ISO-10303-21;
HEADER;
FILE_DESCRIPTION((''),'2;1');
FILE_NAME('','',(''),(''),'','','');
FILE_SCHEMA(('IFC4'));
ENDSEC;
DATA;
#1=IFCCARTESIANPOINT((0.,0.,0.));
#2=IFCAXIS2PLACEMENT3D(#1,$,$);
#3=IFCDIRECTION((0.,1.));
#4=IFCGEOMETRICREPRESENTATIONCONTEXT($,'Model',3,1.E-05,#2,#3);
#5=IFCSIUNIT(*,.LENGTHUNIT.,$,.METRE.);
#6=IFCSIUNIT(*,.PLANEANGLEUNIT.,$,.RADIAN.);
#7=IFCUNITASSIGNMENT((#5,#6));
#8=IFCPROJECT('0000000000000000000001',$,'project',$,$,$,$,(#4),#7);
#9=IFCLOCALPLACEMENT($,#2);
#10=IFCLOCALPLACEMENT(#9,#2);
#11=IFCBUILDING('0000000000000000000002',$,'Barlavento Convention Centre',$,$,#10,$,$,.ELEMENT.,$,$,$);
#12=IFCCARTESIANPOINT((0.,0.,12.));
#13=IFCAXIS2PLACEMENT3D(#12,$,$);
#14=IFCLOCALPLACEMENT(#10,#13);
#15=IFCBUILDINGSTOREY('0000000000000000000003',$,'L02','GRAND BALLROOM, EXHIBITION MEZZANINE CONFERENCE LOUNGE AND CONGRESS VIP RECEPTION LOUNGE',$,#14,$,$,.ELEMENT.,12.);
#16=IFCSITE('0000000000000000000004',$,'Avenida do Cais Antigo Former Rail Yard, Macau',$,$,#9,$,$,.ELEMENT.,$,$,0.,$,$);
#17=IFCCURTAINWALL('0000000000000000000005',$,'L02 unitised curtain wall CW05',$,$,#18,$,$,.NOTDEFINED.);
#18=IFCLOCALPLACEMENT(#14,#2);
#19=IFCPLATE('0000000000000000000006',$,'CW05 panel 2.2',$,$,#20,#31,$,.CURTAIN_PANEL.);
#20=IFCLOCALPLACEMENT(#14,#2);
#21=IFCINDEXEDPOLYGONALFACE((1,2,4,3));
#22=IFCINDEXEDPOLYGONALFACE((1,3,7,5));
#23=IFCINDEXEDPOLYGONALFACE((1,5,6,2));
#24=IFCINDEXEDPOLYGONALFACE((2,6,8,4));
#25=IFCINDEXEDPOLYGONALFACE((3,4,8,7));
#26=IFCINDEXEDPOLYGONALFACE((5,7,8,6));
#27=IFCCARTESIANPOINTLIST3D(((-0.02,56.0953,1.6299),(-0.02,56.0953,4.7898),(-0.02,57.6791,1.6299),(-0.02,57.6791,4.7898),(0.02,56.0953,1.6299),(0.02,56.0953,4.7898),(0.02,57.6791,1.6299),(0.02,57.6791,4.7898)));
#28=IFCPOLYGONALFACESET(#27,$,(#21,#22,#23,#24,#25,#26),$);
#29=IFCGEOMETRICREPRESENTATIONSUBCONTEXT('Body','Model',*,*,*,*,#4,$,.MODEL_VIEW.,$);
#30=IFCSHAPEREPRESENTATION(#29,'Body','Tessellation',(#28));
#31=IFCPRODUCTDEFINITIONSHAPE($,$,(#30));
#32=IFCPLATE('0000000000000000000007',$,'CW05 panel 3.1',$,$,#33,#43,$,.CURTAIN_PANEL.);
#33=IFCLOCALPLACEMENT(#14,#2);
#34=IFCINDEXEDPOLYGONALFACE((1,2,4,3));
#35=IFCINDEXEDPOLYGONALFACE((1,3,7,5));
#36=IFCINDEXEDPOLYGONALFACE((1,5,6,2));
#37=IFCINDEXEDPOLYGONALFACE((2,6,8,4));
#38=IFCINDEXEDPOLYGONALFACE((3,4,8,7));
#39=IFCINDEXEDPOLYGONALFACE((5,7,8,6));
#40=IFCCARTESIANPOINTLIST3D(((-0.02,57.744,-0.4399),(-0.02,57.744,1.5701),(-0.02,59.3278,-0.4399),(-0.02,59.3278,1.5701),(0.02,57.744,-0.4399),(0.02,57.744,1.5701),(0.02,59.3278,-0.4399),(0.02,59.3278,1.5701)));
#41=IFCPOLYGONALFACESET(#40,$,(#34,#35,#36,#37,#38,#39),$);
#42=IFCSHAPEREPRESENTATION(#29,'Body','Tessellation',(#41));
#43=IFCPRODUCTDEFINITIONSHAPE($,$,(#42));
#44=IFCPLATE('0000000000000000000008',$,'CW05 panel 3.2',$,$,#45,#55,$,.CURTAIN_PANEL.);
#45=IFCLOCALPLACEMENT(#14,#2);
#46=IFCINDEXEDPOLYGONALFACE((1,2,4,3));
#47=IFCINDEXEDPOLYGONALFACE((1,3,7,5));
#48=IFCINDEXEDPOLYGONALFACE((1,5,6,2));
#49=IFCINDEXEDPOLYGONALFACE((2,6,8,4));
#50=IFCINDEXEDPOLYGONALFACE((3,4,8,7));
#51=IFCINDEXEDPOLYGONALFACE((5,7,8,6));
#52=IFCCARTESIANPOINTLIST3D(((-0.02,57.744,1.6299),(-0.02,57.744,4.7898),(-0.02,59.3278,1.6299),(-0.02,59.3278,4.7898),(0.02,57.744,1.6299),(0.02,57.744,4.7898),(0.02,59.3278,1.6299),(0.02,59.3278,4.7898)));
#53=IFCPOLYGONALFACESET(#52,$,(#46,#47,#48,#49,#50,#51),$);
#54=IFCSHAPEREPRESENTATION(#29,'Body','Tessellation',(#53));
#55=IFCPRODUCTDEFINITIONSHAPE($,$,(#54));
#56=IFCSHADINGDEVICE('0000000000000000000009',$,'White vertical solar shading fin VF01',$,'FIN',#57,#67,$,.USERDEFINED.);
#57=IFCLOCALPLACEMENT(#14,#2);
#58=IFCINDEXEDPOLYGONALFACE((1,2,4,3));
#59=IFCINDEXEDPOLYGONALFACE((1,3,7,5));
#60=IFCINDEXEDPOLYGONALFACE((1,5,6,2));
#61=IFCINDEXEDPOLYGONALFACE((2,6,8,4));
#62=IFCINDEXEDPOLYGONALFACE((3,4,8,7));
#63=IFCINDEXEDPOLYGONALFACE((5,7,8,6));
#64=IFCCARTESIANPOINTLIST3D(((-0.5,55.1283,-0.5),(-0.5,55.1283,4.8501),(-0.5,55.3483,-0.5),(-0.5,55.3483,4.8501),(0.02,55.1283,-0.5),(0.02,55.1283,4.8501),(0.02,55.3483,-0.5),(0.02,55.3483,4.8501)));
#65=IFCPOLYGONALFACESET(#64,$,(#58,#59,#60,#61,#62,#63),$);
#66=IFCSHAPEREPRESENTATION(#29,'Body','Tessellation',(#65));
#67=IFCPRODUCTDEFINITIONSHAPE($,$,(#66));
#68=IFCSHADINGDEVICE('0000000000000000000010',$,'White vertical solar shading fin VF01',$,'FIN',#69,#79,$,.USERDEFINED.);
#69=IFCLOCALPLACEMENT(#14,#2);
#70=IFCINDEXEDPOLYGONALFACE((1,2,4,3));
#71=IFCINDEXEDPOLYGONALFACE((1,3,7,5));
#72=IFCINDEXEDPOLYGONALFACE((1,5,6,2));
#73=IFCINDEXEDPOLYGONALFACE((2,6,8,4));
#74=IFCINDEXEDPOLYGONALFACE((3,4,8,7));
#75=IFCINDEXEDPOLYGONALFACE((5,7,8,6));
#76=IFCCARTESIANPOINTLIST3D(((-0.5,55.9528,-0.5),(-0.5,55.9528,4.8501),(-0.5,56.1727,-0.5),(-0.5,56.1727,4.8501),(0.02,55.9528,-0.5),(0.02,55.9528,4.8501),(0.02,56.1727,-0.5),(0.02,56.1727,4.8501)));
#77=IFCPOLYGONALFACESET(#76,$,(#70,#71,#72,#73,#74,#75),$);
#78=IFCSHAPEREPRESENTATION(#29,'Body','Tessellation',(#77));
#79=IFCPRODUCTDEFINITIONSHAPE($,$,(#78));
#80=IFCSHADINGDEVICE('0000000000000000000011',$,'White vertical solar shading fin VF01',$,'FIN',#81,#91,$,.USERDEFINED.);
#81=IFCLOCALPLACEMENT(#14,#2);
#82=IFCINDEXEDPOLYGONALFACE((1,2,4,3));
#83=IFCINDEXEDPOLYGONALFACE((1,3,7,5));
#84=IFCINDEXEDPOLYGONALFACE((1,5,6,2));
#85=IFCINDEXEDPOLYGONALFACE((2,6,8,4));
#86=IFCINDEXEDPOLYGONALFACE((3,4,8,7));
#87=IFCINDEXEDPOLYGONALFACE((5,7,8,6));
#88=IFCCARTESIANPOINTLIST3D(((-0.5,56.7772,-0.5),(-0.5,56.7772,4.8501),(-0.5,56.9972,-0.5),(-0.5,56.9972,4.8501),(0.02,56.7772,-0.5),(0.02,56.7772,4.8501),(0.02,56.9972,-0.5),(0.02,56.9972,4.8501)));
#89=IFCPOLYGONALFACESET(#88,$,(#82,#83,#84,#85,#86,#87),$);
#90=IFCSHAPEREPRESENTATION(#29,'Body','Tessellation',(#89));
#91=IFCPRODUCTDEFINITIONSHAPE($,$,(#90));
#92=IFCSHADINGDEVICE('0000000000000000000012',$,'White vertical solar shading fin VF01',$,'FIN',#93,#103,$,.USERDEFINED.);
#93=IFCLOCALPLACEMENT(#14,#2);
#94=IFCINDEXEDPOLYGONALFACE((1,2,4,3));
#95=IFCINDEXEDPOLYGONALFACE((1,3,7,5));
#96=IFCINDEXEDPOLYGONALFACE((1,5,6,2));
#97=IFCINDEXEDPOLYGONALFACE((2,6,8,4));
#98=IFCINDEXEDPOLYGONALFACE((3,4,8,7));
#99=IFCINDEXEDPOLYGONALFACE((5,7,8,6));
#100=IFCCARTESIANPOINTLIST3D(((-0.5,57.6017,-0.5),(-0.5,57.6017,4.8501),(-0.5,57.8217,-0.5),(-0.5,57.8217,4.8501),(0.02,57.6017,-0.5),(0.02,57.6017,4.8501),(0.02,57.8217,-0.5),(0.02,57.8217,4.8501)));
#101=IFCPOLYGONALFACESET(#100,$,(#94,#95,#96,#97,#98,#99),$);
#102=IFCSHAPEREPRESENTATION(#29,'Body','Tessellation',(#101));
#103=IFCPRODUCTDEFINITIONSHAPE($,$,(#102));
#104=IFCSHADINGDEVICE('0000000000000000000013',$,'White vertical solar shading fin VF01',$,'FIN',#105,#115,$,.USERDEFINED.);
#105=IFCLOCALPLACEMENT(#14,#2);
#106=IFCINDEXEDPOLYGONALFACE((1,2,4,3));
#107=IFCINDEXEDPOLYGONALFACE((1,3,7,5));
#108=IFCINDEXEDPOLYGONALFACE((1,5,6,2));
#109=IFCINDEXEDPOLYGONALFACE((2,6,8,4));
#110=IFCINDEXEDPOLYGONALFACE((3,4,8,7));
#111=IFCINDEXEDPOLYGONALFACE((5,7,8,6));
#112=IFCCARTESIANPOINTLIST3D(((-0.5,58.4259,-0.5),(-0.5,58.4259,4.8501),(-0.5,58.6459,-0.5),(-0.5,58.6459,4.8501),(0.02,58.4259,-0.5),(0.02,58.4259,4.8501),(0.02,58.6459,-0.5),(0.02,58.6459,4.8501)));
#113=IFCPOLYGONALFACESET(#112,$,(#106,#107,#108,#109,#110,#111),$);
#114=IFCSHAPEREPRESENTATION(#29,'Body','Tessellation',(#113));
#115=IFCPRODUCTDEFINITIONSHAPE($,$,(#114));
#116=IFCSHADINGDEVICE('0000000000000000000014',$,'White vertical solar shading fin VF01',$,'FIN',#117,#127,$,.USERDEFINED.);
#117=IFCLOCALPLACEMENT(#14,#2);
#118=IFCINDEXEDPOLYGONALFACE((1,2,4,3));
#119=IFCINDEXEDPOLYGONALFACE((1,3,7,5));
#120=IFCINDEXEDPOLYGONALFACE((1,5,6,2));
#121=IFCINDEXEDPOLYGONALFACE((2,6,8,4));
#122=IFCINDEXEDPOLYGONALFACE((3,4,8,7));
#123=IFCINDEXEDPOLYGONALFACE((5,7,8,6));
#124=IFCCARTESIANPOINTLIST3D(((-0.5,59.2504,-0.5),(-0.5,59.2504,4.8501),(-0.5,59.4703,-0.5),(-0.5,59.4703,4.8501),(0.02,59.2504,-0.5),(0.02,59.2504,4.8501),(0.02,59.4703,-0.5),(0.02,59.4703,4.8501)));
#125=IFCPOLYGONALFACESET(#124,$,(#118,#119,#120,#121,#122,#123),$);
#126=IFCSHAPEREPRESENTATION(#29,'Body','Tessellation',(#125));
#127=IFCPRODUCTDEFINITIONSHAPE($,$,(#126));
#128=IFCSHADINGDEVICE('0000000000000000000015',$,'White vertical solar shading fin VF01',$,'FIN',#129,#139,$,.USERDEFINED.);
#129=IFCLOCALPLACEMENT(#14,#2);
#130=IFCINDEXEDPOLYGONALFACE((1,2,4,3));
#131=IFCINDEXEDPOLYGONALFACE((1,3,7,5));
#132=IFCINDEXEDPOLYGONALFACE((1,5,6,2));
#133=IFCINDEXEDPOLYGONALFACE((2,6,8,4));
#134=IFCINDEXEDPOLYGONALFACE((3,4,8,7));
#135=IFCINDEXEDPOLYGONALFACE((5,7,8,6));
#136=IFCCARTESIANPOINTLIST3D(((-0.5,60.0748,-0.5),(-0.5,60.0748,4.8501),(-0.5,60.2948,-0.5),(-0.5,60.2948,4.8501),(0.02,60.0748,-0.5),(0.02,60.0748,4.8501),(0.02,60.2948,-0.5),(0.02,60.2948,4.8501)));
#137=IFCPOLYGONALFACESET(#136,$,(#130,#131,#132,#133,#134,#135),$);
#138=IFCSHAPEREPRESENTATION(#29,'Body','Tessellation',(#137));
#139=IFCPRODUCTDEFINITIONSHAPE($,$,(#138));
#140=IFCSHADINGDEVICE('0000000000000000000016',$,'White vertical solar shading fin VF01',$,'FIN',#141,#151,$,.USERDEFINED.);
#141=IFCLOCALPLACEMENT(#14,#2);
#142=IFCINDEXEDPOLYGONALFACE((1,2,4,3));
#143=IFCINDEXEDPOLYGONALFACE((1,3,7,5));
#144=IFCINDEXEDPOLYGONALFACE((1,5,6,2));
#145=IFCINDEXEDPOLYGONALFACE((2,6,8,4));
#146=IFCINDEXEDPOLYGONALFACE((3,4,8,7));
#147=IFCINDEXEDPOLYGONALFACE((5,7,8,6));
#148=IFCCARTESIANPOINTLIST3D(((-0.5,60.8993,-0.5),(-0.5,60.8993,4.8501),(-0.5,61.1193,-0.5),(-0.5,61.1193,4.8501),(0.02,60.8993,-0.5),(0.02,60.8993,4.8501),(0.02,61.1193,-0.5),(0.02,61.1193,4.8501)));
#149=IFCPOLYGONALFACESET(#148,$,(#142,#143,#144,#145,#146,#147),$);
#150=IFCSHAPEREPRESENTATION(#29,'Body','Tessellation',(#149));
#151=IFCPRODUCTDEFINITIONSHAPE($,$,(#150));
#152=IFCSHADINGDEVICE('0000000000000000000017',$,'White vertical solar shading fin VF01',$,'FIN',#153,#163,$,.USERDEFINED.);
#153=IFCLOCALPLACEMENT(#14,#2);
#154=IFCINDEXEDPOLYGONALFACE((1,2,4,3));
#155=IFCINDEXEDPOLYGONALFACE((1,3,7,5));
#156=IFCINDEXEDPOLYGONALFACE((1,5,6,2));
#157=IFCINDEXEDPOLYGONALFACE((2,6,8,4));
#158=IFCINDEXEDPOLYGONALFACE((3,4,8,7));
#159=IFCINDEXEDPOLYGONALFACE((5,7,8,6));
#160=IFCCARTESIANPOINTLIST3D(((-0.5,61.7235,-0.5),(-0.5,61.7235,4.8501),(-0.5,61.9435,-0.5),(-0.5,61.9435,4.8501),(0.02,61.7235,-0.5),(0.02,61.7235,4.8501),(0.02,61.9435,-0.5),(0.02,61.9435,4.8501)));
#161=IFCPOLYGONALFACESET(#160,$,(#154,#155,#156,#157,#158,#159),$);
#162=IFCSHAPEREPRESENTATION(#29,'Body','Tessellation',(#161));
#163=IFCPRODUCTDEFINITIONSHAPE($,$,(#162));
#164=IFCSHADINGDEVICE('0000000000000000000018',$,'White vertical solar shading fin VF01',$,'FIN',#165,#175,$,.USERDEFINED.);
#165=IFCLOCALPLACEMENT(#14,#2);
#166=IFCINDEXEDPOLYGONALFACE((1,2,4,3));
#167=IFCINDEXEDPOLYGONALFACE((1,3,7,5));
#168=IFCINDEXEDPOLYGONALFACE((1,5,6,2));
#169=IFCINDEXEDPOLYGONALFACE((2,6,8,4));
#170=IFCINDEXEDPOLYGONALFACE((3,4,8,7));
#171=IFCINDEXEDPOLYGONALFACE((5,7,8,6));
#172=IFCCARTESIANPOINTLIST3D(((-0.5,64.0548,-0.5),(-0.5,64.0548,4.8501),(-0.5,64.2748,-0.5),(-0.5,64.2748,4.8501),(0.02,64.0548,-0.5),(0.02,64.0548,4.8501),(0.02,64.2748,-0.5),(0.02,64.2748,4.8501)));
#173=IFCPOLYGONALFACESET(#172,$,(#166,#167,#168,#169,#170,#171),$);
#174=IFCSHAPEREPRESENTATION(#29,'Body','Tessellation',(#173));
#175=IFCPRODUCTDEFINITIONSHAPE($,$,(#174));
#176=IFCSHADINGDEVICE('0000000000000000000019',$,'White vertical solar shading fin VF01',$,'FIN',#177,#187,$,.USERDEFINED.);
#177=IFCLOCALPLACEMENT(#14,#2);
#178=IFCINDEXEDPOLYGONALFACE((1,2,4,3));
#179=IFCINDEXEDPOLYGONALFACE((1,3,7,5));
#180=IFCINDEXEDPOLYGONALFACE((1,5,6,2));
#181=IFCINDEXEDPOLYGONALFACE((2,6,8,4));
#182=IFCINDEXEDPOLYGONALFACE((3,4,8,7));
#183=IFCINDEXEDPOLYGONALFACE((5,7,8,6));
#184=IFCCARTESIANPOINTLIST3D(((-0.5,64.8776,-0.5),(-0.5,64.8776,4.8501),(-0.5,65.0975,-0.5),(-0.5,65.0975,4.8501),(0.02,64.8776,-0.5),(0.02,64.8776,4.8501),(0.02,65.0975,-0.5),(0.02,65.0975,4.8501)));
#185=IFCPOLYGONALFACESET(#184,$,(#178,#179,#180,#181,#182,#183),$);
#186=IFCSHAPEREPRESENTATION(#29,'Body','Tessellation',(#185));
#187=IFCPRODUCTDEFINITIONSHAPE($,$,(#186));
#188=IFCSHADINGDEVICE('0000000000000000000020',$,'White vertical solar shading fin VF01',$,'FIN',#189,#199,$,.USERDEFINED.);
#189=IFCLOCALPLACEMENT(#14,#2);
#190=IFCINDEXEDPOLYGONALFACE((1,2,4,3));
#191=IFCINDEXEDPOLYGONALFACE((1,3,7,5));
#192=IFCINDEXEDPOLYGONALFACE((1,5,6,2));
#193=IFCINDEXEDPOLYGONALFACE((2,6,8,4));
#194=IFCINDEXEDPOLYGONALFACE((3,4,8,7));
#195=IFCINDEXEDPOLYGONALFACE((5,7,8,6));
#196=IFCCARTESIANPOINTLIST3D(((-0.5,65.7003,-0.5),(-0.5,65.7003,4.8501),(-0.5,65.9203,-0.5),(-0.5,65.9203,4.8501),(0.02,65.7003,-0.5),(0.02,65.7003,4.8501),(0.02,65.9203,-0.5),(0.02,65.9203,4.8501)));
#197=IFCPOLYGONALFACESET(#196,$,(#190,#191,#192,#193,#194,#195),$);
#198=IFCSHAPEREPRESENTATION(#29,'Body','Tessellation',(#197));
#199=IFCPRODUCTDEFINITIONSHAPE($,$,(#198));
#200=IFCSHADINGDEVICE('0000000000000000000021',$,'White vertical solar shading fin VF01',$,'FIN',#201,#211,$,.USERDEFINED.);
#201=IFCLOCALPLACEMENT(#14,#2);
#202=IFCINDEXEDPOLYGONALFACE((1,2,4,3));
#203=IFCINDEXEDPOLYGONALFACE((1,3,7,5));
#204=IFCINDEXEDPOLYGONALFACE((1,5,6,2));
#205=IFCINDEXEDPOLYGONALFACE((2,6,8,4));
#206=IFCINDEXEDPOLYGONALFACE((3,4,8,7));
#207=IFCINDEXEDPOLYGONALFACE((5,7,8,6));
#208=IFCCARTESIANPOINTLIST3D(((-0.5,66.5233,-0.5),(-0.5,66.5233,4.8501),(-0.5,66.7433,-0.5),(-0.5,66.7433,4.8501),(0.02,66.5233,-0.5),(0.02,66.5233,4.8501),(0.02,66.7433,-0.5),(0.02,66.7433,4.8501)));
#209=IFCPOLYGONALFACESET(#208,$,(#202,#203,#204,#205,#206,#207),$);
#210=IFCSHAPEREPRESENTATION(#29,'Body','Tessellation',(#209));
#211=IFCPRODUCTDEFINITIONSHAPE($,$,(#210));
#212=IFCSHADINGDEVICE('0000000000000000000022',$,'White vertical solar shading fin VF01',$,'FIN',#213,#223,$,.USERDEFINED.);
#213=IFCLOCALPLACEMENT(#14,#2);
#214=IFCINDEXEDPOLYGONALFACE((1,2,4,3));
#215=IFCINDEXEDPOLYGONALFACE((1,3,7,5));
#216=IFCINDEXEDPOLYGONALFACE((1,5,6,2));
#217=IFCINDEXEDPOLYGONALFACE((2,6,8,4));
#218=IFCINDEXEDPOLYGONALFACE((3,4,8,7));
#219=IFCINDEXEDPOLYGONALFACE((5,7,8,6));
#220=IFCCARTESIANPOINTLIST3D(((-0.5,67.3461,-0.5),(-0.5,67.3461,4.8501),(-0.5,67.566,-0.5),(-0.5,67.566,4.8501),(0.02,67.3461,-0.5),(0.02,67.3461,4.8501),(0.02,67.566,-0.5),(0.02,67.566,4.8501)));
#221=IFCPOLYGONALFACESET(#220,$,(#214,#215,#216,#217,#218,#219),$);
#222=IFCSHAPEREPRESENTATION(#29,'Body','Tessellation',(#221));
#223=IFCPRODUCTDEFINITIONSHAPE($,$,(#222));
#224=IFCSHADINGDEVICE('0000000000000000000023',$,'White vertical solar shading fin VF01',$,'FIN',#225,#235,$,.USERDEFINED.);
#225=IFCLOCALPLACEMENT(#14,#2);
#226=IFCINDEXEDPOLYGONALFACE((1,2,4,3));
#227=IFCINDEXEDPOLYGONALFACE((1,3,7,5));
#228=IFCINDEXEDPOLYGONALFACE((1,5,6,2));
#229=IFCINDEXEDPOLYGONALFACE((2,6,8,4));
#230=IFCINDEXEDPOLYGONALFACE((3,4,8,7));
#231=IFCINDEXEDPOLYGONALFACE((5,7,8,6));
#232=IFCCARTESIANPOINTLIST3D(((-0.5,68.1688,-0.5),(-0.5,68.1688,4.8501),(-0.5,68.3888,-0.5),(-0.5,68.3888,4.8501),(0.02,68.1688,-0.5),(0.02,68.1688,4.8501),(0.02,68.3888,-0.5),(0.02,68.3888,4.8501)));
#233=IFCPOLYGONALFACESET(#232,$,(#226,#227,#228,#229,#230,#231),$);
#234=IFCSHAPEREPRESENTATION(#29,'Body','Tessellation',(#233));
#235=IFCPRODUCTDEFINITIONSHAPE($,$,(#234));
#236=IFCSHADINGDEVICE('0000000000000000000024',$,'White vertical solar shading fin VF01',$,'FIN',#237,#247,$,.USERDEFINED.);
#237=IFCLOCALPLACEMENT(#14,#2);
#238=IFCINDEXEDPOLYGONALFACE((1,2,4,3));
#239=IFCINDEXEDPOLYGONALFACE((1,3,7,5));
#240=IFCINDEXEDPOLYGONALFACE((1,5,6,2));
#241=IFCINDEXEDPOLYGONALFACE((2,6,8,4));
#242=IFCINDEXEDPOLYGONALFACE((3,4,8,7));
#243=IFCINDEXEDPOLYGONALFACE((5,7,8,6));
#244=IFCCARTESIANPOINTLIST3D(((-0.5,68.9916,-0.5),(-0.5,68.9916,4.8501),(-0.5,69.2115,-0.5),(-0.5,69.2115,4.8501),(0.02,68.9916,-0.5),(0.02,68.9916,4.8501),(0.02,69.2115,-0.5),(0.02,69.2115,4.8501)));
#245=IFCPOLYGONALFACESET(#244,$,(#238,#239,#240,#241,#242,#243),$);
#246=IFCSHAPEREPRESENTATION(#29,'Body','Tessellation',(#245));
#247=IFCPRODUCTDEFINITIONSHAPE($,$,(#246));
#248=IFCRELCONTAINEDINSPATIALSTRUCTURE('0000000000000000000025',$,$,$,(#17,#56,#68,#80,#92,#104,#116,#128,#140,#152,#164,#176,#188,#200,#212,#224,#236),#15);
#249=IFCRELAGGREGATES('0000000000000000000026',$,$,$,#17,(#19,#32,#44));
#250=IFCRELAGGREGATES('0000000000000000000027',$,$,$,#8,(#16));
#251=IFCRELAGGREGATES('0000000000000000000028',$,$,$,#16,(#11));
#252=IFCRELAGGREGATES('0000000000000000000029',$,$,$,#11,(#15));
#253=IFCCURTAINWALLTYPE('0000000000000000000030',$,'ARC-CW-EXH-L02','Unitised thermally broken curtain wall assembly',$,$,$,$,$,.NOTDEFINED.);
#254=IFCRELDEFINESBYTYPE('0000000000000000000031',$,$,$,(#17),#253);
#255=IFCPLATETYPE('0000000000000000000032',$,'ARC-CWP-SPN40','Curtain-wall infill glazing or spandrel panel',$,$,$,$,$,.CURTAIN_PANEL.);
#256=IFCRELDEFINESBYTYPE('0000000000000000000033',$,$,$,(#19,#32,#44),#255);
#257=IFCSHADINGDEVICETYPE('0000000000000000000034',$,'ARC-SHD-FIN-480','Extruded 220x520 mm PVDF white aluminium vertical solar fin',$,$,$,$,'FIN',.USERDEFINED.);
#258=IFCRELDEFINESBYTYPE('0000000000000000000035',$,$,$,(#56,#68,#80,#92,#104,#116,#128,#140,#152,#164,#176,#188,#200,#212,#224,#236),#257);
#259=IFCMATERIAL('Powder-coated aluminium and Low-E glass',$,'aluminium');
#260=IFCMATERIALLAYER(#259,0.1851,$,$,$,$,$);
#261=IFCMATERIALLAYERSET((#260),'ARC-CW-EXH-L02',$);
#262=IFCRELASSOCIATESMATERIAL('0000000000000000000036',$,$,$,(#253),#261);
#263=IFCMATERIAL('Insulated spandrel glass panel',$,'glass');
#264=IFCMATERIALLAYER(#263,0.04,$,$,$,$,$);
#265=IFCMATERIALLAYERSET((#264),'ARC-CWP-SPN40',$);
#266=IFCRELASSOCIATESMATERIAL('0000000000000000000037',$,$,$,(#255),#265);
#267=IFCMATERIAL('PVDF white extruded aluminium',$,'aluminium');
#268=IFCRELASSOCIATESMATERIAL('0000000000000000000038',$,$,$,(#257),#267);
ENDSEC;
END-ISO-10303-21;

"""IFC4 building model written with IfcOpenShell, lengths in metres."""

from ifc_helpers import new_model, si_unit, direction, frame, origin, origin_2d, place, context, subcontext, project, spatial, rectangle, extrude, material, layer, layer_set, type_object, element, aggregate, save


model = new_model("IFC4")

# Units and contexts
model_context = context("Model", 3, precision=1e-05, world=origin(), true_north=direction((0.0, 1.0)))
body_context = subcontext(model_context, "Body", "Model", "MODEL_VIEW")
ifc_project = project(units=[si_unit("LENGTHUNIT", "METRE"), si_unit("PLANEANGLEUNIT", "RADIAN")], contexts=[model_context])

# Site, building, storey
site_placement = place(None, origin())
site = spatial("IfcSite", under=ifc_project, at=site_placement, Name="Avenida do Cais Antigo Former Rail Yard, Macau", CompositionType="ELEMENT", RefElevation=0.0)
building_placement = place(site_placement, origin())
building = spatial("IfcBuilding", under=site, at=building_placement, Name="Barlavento Convention Centre", CompositionType="ELEMENT")
storey_placement = place(building_placement, frame((0.0, 0.0, 12.0)))
storey = spatial("IfcBuildingStorey", under=building, at=storey_placement, Name="L02", Description="GRAND BALLROOM, EXHIBITION MEZZANINE CONFERENCE LOUNGE AND CONGRESS VIP RECEPTION LOUNGE", CompositionType="ELEMENT", Elevation=12.0)

# Curtain wall
ifc_material_1 = material(Name="Powder-coated aluminium and Low-E glass", Category="aluminium")
ifc_layer_1 = layer(ifc_material_1, 0.1851)
ifc_layer_set_1 = layer_set([ifc_layer_1], Name="ARC-CW-EXH-L02")
curtain_wall_type_1 = type_object("IfcCurtainWallType", Name="ARC-CW-EXH-L02", Description="Unitised thermally broken curtain wall assembly", PredefinedType="NOTDEFINED", material=ifc_layer_set_1)
curtain_wall_1_placement = place(storey_placement, origin())
curtain_wall_1 = element("IfcCurtainWall", 1, at=curtain_wall_1_placement, inside=storey, type_object=curtain_wall_type_1, Name="L02 unitised curtain wall CW05", PredefinedType="NOTDEFINED")

# Plates
ifc_material_2 = material(Name="Insulated spandrel glass panel", Category="glass")
ifc_layer_2 = layer(ifc_material_2, 0.04)
ifc_layer_set_2 = layer_set([ifc_layer_2], Name="ARC-CWP-SPN40")
plate_type_1 = type_object("IfcPlateType", Name="ARC-CWP-SPN40", Description="Curtain-wall infill glazing or spandrel panel", PredefinedType="CURTAIN_PANEL", material=ifc_layer_set_2)
plate_1_placement = place(storey_placement, frame((0.0, 56.8872, 1.6299), z_axis=(0.0, 0.0, 1.0), x_axis=(0.0, 1.0, 0.0)))
plate_1 = element("IfcPlate", 2, at=plate_1_placement, type_object=plate_type_1, Name="CW05 panel 2.2", PredefinedType="CURTAIN_PANEL", context=body_context, shape_type="SweptSolid", body=[
    extrude(rectangle(XDim=1.5837, YDim=0.04, at=origin_2d()), origin(), (0.0, 0.0, 1.0), 3.1599),
])
plate_2_placement = place(storey_placement, frame((0.0, 58.5359, -0.4399), z_axis=(0.0, 0.0, 1.0), x_axis=(0.0, 1.0, 0.0)))
plate_2 = element("IfcPlate", 3, at=plate_2_placement, type_object=plate_type_1, Name="CW05 panel 3.1", PredefinedType="CURTAIN_PANEL", context=body_context, shape_type="SweptSolid", body=[
    extrude(rectangle(XDim=1.5837, YDim=0.04, at=origin_2d()), origin(), (0.0, 0.0, 1.0), 2.01),
])
plate_3_placement = place(storey_placement, frame((0.0, 58.5359, 1.6299), z_axis=(0.0, 0.0, 1.0), x_axis=(0.0, 1.0, 0.0)))
plate_3 = element("IfcPlate", 4, at=plate_3_placement, type_object=plate_type_1, Name="CW05 panel 3.2", PredefinedType="CURTAIN_PANEL", context=body_context, shape_type="SweptSolid", body=[
    extrude(rectangle(XDim=1.5837, YDim=0.04, at=origin_2d()), origin(), (0.0, 0.0, 1.0), 3.1599),
])
aggregate(curtain_wall_1, [plate_1, plate_2, plate_3])

# Shading devices
ifc_material_3 = material(Name="PVDF white extruded aluminium", Category="aluminium")
shading_device_type = type_object("IfcShadingDeviceType", Name="ARC-SHD-FIN-480", Description="Extruded 220x520 mm PVDF white aluminium vertical solar fin", ElementType="FIN", PredefinedType="USERDEFINED", material=ifc_material_3)
for number, where, z_axis, x_axis, name in (
    (5, (-0.24, 55.2383, -0.5), (0.0, 0.0, 1.0), (0.0, 1.0, 0.0), "White vertical solar shading fin VF01"),
    (6, (-0.24, 56.0627, -0.5), (0.0, 0.0, 1.0), (0.0, 1.0, 0.0), "White vertical solar shading fin VF01"),
    (7, (-0.24, 56.8872, -0.5), (0.0, 0.0, 1.0), (0.0, 1.0, 0.0), "White vertical solar shading fin VF01"),
    (8, (-0.24, 57.7117, -0.5), (0.0, 0.0, 1.0), (0.0, 1.0, 0.0), "White vertical solar shading fin VF01"),
    (9, (-0.24, 58.5359, -0.5), (0.0, 0.0, 1.0), (0.0, 1.0, 0.0), "White vertical solar shading fin VF01"),
    (10, (-0.24, 59.3604, -0.5), (0.0, 0.0, 1.0), (0.0, 1.0, 0.0), "White vertical solar shading fin VF01"),
    (11, (-0.24, 60.1848, -0.5), (0.0, 0.0, 1.0), (0.0, 1.0, 0.0), "White vertical solar shading fin VF01"),
    (12, (-0.24, 61.0093, -0.5), (0.0, 0.0, 1.0), (0.0, 1.0, 0.0), "White vertical solar shading fin VF01"),
    (13, (-0.24, 61.8335, -0.5), (0.0, 0.0, 1.0), (0.0, 1.0, 0.0), "White vertical solar shading fin VF01"),
    (14, (-0.24, 64.1648, -0.5), (0.0, 0.0, 1.0), (0.0, 1.0, 0.0), "White vertical solar shading fin VF01"),
    (15, (-0.24, 64.9875, -0.5), (0.0, 0.0, 1.0), (0.0, 1.0, 0.0), "White vertical solar shading fin VF01"),
    (16, (-0.24, 65.8103, -0.5), (0.0, 0.0, 1.0), (0.0, 1.0, 0.0), "White vertical solar shading fin VF01"),
    (17, (-0.24, 66.6333, -0.5), (0.0, 0.0, 1.0), (0.0, 1.0, 0.0), "White vertical solar shading fin VF01"),
    (18, (-0.24, 67.4561, -0.5), (0.0, 0.0, 1.0), (0.0, 1.0, 0.0), "White vertical solar shading fin VF01"),
    (19, (-0.24, 68.2788, -0.5), (0.0, 0.0, 1.0), (0.0, 1.0, 0.0), "White vertical solar shading fin VF01"),
    (20, (-0.24, 69.1016, -0.5), (0.0, 0.0, 1.0), (0.0, 1.0, 0.0), "White vertical solar shading fin VF01"),
):
    element("IfcShadingDevice", number, at=place(storey_placement, frame(where, z_axis=z_axis, x_axis=x_axis)), inside=storey, type_object=shading_device_type, Name=name, ObjectType="FIN", PredefinedType="USERDEFINED", context=body_context, shape_type="SweptSolid", body=[
        extrude(rectangle(XDim=0.22, YDim=0.52, at=origin_2d()), origin(), (0.0, 0.0, 1.0), 5.3501),
    ])

save(model, "model.ifc")
